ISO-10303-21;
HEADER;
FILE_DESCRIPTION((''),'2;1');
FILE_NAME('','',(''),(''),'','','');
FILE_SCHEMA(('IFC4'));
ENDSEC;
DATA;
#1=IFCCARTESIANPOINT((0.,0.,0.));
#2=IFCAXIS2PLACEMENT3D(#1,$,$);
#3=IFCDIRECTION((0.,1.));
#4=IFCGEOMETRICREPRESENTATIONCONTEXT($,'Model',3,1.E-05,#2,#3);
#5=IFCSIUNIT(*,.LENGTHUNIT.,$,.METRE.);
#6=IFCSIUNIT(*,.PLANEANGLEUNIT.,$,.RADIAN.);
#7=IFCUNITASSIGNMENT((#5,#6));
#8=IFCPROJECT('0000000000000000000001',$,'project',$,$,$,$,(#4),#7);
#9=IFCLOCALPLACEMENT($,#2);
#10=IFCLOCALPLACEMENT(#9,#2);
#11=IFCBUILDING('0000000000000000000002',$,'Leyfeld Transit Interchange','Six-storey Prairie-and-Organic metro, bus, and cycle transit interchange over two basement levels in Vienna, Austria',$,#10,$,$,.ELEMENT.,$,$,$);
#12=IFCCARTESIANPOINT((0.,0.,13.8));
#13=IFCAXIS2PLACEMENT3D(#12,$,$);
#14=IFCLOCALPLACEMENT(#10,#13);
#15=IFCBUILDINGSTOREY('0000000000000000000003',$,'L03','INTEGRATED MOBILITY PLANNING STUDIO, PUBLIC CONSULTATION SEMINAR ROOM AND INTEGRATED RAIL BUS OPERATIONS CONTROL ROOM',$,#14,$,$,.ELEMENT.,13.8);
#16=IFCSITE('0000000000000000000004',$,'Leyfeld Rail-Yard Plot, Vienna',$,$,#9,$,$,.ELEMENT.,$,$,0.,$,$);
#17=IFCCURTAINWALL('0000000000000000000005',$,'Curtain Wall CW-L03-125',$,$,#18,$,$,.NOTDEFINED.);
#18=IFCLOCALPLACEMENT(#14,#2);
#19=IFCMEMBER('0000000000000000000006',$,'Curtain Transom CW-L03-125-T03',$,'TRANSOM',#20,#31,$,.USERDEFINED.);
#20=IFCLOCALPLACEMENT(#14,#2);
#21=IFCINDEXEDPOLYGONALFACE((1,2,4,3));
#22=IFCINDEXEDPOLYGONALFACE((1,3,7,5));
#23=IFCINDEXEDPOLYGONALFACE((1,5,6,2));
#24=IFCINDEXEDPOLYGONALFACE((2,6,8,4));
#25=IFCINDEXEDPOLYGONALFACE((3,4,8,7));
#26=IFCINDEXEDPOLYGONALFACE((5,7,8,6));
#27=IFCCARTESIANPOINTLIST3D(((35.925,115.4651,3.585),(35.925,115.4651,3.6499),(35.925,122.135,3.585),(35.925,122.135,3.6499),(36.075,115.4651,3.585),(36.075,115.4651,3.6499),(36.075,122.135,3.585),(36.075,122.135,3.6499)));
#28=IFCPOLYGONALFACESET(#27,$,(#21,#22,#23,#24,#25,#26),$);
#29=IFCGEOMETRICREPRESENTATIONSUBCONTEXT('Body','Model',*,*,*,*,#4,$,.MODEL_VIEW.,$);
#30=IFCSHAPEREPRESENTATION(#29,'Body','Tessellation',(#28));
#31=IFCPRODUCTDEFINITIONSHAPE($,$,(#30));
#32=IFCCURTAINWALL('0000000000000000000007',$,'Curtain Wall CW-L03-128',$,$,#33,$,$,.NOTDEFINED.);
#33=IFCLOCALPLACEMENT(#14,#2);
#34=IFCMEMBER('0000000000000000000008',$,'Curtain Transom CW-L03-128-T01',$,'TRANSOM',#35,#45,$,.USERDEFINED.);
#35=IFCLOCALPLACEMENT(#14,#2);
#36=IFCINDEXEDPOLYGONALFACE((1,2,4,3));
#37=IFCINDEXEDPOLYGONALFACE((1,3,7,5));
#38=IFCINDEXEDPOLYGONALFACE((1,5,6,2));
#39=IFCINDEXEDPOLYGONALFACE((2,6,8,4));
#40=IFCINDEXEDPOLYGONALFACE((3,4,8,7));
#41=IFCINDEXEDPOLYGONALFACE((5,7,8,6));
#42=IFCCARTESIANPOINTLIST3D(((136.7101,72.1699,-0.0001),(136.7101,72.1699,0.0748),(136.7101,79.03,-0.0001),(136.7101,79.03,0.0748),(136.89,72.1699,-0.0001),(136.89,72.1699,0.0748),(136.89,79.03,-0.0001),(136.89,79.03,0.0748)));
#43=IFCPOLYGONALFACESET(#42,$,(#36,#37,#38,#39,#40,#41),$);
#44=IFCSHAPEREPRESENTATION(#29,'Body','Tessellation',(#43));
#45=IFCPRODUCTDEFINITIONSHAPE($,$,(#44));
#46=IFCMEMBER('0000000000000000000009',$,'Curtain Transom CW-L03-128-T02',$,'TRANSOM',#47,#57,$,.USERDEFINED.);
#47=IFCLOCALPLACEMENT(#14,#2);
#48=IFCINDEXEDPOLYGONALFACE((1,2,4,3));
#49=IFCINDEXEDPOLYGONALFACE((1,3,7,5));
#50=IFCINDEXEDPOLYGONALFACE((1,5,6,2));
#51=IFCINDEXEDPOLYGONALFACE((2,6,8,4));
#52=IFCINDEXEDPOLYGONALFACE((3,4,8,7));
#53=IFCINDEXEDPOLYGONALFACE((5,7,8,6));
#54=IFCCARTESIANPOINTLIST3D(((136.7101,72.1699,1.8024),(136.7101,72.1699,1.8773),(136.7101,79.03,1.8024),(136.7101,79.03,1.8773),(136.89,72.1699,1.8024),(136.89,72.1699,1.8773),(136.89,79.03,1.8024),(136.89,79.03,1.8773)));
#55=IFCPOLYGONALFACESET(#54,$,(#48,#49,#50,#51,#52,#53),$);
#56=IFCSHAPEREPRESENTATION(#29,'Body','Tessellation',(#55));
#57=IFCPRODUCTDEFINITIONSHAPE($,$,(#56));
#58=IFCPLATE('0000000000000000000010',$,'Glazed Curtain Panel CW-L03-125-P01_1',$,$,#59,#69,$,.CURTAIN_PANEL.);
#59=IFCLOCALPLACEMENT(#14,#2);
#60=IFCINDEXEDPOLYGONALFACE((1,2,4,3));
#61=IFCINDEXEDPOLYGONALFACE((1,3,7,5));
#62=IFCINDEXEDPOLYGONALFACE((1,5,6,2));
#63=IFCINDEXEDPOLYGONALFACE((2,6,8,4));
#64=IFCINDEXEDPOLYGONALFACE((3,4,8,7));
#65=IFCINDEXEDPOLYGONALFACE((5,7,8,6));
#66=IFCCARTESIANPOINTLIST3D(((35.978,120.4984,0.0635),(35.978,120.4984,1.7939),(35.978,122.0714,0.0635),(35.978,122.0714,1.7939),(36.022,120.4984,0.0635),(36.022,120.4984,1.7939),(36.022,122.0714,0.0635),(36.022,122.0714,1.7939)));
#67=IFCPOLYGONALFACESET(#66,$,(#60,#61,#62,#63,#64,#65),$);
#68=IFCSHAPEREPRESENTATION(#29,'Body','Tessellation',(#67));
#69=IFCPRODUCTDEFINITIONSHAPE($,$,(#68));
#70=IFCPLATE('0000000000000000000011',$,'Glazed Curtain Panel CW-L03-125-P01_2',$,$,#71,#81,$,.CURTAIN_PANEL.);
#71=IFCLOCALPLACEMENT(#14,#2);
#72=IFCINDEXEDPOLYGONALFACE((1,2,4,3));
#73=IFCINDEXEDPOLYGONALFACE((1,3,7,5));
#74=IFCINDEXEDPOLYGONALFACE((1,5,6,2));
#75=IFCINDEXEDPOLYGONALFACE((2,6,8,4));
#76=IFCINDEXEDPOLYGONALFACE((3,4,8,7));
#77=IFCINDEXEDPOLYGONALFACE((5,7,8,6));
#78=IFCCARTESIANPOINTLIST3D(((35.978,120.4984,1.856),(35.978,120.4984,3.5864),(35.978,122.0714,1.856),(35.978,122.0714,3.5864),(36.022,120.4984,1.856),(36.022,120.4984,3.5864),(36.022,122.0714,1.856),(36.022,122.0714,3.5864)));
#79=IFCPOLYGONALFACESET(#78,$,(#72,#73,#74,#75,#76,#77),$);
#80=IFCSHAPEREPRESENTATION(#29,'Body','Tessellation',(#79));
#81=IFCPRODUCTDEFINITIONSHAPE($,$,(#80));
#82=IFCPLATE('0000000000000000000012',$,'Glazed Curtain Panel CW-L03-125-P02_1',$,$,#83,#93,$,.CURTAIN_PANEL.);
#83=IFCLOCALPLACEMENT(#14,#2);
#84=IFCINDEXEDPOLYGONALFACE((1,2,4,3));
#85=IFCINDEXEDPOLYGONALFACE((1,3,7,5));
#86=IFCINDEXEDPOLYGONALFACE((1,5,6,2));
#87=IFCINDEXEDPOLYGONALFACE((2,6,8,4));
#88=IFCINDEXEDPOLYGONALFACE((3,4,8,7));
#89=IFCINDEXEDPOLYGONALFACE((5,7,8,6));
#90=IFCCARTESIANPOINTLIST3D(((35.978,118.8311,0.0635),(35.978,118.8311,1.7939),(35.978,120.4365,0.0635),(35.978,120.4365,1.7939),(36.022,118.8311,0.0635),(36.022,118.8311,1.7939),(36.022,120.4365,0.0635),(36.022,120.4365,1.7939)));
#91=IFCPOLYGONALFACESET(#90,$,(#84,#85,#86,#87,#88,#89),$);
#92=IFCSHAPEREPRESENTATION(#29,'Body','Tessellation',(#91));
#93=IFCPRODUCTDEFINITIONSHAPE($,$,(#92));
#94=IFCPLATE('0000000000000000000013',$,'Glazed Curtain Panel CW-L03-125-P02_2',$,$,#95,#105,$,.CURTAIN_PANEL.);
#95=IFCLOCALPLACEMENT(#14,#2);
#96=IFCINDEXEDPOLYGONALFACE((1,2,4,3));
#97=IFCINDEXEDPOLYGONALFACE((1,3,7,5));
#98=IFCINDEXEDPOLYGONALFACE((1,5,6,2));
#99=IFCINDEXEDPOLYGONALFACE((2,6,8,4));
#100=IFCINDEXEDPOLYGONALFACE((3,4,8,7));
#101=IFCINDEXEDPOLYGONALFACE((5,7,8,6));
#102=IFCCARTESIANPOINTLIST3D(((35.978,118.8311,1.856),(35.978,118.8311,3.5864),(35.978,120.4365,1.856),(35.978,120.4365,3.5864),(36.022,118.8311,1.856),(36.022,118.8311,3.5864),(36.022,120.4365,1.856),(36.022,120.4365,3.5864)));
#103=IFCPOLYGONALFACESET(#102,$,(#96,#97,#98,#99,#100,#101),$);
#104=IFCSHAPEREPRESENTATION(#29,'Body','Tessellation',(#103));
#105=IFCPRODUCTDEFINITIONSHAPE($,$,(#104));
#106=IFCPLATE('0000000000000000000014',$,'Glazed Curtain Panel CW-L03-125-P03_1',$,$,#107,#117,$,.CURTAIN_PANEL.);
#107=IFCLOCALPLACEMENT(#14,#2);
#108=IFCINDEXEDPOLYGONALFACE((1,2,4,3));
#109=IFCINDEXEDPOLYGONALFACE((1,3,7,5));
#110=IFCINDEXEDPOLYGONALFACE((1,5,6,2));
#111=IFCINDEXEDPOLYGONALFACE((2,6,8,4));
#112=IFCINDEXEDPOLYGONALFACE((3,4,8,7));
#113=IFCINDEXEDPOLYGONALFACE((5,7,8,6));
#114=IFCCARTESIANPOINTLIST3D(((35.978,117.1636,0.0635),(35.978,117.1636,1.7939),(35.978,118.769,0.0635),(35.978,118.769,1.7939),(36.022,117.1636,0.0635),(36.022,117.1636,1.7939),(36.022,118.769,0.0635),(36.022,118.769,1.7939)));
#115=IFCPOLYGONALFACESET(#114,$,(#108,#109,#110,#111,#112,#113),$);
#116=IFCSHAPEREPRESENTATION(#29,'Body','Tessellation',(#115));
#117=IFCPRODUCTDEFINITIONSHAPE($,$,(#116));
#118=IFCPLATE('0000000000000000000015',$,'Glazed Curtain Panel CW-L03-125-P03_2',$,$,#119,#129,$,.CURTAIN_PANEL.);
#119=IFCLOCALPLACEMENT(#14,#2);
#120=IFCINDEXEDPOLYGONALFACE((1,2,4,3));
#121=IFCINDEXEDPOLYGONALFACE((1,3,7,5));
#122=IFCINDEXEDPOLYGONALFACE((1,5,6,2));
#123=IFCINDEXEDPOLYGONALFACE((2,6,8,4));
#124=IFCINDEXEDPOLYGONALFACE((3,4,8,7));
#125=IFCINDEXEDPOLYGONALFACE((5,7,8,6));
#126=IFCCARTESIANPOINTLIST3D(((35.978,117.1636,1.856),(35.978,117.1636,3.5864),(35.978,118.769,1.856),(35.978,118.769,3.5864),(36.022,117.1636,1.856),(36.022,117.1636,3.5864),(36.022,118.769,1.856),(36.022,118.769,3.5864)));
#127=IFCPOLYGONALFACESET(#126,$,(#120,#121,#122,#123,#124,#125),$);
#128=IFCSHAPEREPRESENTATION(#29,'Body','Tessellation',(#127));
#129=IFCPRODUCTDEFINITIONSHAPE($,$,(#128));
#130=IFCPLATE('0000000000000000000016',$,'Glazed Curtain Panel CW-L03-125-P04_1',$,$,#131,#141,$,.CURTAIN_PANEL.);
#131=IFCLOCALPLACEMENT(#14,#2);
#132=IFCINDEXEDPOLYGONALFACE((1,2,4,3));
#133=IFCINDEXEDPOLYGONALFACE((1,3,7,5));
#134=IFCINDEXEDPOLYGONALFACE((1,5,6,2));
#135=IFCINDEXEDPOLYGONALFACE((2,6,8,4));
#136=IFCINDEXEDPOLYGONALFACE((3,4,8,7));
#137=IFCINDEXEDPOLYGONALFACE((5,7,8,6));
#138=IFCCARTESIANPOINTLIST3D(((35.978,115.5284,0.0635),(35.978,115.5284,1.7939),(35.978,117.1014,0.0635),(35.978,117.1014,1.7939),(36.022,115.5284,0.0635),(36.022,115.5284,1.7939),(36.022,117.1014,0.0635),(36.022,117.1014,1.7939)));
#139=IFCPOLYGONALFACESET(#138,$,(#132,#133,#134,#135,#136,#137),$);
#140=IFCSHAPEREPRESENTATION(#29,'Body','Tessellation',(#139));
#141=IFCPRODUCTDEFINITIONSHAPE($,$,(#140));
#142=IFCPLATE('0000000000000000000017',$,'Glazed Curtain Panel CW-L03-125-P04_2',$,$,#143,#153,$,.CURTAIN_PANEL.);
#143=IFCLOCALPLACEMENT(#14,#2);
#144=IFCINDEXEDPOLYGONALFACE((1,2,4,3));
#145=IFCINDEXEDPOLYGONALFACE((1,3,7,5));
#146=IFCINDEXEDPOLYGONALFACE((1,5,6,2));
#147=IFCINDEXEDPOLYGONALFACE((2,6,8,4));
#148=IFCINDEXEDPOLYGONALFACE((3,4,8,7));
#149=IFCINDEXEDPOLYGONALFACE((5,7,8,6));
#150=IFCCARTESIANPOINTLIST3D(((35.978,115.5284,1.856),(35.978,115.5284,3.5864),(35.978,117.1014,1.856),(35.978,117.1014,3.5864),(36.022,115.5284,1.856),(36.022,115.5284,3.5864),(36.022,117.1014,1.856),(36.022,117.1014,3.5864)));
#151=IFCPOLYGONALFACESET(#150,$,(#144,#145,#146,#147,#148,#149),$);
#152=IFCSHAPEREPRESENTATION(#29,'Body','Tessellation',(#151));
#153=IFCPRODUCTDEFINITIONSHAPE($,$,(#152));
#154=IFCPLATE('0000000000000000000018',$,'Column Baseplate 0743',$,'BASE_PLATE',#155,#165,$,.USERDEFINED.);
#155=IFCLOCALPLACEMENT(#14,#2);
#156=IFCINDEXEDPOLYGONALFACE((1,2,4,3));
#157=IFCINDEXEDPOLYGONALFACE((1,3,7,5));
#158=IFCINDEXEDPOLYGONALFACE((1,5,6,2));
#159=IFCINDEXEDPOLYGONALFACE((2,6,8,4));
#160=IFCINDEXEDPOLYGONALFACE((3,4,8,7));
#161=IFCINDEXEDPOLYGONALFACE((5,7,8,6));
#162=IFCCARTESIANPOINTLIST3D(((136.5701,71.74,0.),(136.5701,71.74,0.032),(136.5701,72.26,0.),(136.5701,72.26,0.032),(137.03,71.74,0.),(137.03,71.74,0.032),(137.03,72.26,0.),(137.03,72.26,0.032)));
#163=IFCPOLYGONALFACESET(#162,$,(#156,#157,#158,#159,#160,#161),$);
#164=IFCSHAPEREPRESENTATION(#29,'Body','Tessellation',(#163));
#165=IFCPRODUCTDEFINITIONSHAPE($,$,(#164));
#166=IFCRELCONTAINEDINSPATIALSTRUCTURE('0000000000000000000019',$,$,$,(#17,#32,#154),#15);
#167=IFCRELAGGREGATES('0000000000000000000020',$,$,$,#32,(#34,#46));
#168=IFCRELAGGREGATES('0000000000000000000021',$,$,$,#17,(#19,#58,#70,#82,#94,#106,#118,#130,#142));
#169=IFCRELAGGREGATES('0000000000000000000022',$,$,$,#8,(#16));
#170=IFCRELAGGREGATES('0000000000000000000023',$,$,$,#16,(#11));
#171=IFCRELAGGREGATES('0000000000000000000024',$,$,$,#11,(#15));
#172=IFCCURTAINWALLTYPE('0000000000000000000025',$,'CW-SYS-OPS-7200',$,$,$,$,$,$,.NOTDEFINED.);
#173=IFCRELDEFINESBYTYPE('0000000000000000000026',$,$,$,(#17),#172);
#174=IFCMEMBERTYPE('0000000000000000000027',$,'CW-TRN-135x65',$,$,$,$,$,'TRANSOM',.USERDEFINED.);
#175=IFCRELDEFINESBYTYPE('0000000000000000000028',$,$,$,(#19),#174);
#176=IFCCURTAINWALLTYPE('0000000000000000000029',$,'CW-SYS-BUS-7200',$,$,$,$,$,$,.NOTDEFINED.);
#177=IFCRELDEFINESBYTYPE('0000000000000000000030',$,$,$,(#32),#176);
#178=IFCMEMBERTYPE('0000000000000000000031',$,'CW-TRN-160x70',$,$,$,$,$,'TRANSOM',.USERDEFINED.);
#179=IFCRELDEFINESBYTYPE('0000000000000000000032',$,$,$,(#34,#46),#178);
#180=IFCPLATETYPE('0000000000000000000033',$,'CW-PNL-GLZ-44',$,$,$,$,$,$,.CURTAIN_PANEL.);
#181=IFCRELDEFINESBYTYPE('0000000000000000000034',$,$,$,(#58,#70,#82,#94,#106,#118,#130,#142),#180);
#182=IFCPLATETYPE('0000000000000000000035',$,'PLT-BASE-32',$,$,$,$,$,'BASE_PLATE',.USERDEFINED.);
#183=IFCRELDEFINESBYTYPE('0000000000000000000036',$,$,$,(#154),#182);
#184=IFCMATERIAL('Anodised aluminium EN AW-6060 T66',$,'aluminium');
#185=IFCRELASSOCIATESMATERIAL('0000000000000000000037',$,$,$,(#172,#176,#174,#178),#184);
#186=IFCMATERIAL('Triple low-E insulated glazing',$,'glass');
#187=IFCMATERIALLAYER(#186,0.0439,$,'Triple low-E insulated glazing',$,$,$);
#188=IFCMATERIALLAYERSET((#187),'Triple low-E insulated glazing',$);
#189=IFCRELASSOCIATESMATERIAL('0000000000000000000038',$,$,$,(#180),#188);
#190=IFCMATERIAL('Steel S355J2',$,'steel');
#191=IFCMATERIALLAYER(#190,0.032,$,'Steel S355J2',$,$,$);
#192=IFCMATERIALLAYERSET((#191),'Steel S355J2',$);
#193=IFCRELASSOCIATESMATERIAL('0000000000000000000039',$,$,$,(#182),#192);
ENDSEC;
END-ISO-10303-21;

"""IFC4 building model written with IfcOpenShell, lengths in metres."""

from ifc_helpers import new_model, si_unit, direction, frame, origin, origin_2d, place, context, subcontext, project, spatial, rectangle, extrude, material, layer, layer_set, material_profile, profile_set, type_object, element, aggregate, save


model = new_model("IFC4")

# Units and contexts
model_context = context("Model", 3, precision=1e-05, world=origin(), true_north=direction((0.0, 1.0)))
body_context = subcontext(model_context, "Body", "Model", "MODEL_VIEW")
ifc_project = project(units=[si_unit("LENGTHUNIT", "METRE"), si_unit("PLANEANGLEUNIT", "RADIAN")], contexts=[model_context])

# Site, building, storey
site_placement = place(None, origin())
site = spatial("IfcSite", under=ifc_project, at=site_placement, Name="Leyfeld Rail-Yard Plot, Vienna", CompositionType="ELEMENT", RefElevation=0.0)
building_placement = place(site_placement, origin())
building = spatial("IfcBuilding", under=site, at=building_placement, Name="Leyfeld Transit Interchange", Description="Six-storey Prairie-and-Organic metro, bus, and cycle transit interchange over two basement levels in Vienna, Austria", CompositionType="ELEMENT")
storey_placement = place(building_placement, frame((0.0, 0.0, 13.8)))
storey = spatial("IfcBuildingStorey", under=building, at=storey_placement, Name="L03", Description="INTEGRATED MOBILITY PLANNING STUDIO, PUBLIC CONSULTATION SEMINAR ROOM AND INTEGRATED RAIL BUS OPERATIONS CONTROL ROOM", CompositionType="ELEMENT", Elevation=13.8)

# Shared definitions
ifc_material_1 = material(Name="Steel S355J2", Category="steel")

# Curtain walls, members
ifc_material_2 = material(Name="Anodised aluminium EN AW-6060 T66", Category="aluminium")
curtain_wall_type_1 = type_object("IfcCurtainWallType", Name="CW-SYS-OPS-7200", PredefinedType="NOTDEFINED", material=ifc_material_2)
curtain_wall_1_placement = place(storey_placement, origin())
curtain_wall_1 = element("IfcCurtainWall", 1, at=curtain_wall_1_placement, inside=storey, type_object=curtain_wall_type_1, Name="Curtain Wall CW-L03-125", PredefinedType="NOTDEFINED")
ifc_material_profile_1 = material_profile(ifc_material_2, rectangle(XDim=0.1499, YDim=0.0649, at=origin_2d()), Name="CW-TRN-135x65")
ifc_profile_set_1 = profile_set([ifc_material_profile_1], Name="Anodised aluminium EN AW-6060 T66")
member_type_1 = type_object("IfcMemberType", Name="CW-TRN-135x65", ElementType="TRANSOM", PredefinedType="USERDEFINED", material=ifc_profile_set_1)
member_1_placement = place(storey_placement, frame((36.0, 122.135, 3.6174), z_axis=(0.0, -1.0, 0.0), x_axis=(1.0, 0.0, 0.0)))
member_1 = element("IfcMember", 2, at=member_1_placement, type_object=member_type_1, Name="Curtain Transom CW-L03-125-T03", ObjectType="TRANSOM", PredefinedType="USERDEFINED", context=body_context, shape_type="SweptSolid", body=[
    extrude(rectangle(XDim=0.1499, YDim=0.0649, at=origin_2d()), origin(), (0.0, 0.0, 1.0), 6.6699),
])
curtain_wall_type_2 = type_object("IfcCurtainWallType", Name="CW-SYS-BUS-7200", PredefinedType="NOTDEFINED", material=ifc_material_2)
curtain_wall_2_placement = place(storey_placement, origin())
curtain_wall_2 = element("IfcCurtainWall", 3, at=curtain_wall_2_placement, inside=storey, type_object=curtain_wall_type_2, Name="Curtain Wall CW-L03-128", PredefinedType="NOTDEFINED")
ifc_material_profile_2 = material_profile(ifc_material_2, rectangle(XDim=0.1799, YDim=0.075, at=origin_2d()), Name="CW-TRN-160x70")
ifc_profile_set_2 = profile_set([ifc_material_profile_2], Name="Anodised aluminium EN AW-6060 T66")
member_type_2 = type_object("IfcMemberType", Name="CW-TRN-160x70", ElementType="TRANSOM", PredefinedType="USERDEFINED", material=ifc_profile_set_2)
member_2_placement = place(storey_placement, frame((136.8, 72.1699, 0.0374), z_axis=(0.0, 1.0, 0.0), x_axis=(-1.0, 0.0, 0.0)))
member_2 = element("IfcMember", 4, at=member_2_placement, type_object=member_type_2, Name="Curtain Transom CW-L03-128-T01", ObjectType="TRANSOM", PredefinedType="USERDEFINED", context=body_context, shape_type="SweptSolid", body=[
    extrude(rectangle(XDim=0.1799, YDim=0.075, at=origin_2d()), origin(), (0.0, 0.0, 1.0), 6.8601),
])
member_3_placement = place(storey_placement, frame((136.8, 72.1699, 1.8398), z_axis=(0.0, 1.0, 0.0), x_axis=(-1.0, 0.0, 0.0)))
member_3 = element("IfcMember", 5, at=member_3_placement, type_object=member_type_2, Name="Curtain Transom CW-L03-128-T02", ObjectType="TRANSOM", PredefinedType="USERDEFINED", context=body_context, shape_type="SweptSolid", body=[
    extrude(rectangle(XDim=0.1799, YDim=0.075, at=origin_2d()), origin(), (0.0, 0.0, 1.0), 6.8601),
])
aggregate(curtain_wall_2, [member_2, member_3])

# Plates
ifc_material_3 = material(Name="Triple low-E insulated glazing", Category="glass")
ifc_layer_1 = layer(ifc_material_3, 0.0439, Name="Triple low-E insulated glazing")
ifc_layer_set_1 = layer_set([ifc_layer_1], Name="Triple low-E insulated glazing")
plate_type_1 = type_object("IfcPlateType", Name="CW-PNL-GLZ-44", PredefinedType="CURTAIN_PANEL", material=ifc_layer_set_1)
plate_1_placement = place(storey_placement, frame((36.0, 121.2849, 0.0635), z_axis=(0.0, 0.0, 1.0), x_axis=(0.0, -1.0, 0.0)))
plate_1 = element("IfcPlate", 6, at=plate_1_placement, type_object=plate_type_1, Name="Glazed Curtain Panel CW-L03-125-P01_1", PredefinedType="CURTAIN_PANEL", context=body_context, shape_type="SweptSolid", body=[
    extrude(rectangle(XDim=1.573, YDim=0.0439, at=origin_2d()), origin(), (0.0, 0.0, 1.0), 1.7305),
])
plate_2_placement = place(storey_placement, frame((36.0, 121.2849, 1.856), z_axis=(0.0, 0.0, 1.0), x_axis=(0.0, -1.0, 0.0)))
plate_2 = element("IfcPlate", 7, at=plate_2_placement, type_object=plate_type_1, Name="Glazed Curtain Panel CW-L03-125-P01_2", PredefinedType="CURTAIN_PANEL", context=body_context, shape_type="SweptSolid", body=[
    extrude(rectangle(XDim=1.573, YDim=0.0439, at=origin_2d()), origin(), (0.0, 0.0, 1.0), 1.7305),
])
plate_3_placement = place(storey_placement, frame((36.0, 119.6338, 0.0635), z_axis=(0.0, 0.0, 1.0), x_axis=(0.0, -1.0, 0.0)))
plate_3 = element("IfcPlate", 8, at=plate_3_placement, type_object=plate_type_1, Name="Glazed Curtain Panel CW-L03-125-P02_1", PredefinedType="CURTAIN_PANEL", context=body_context, shape_type="SweptSolid", body=[
    extrude(rectangle(XDim=1.6055, YDim=0.0439, at=origin_2d()), origin(), (0.0, 0.0, 1.0), 1.7305),
])
plate_4_placement = place(storey_placement, frame((36.0, 119.6338, 1.856), z_axis=(0.0, 0.0, 1.0), x_axis=(0.0, -1.0, 0.0)))
plate_4 = element("IfcPlate", 9, at=plate_4_placement, type_object=plate_type_1, Name="Glazed Curtain Panel CW-L03-125-P02_2", PredefinedType="CURTAIN_PANEL", context=body_context, shape_type="SweptSolid", body=[
    extrude(rectangle(XDim=1.6055, YDim=0.0439, at=origin_2d()), origin(), (0.0, 0.0, 1.0), 1.7305),
])
plate_5_placement = place(storey_placement, frame((36.0, 117.9663, 0.0635), z_axis=(0.0, 0.0, 1.0), x_axis=(0.0, -1.0, 0.0)))
plate_5 = element("IfcPlate", 10, at=plate_5_placement, type_object=plate_type_1, Name="Glazed Curtain Panel CW-L03-125-P03_1", PredefinedType="CURTAIN_PANEL", context=body_context, shape_type="SweptSolid", body=[
    extrude(rectangle(XDim=1.6055, YDim=0.0439, at=origin_2d()), origin(), (0.0, 0.0, 1.0), 1.7305),
])
plate_6_placement = place(storey_placement, frame((36.0, 117.9663, 1.856), z_axis=(0.0, 0.0, 1.0), x_axis=(0.0, -1.0, 0.0)))
plate_6 = element("IfcPlate", 11, at=plate_6_placement, type_object=plate_type_1, Name="Glazed Curtain Panel CW-L03-125-P03_2", PredefinedType="CURTAIN_PANEL", context=body_context, shape_type="SweptSolid", body=[
    extrude(rectangle(XDim=1.6055, YDim=0.0439, at=origin_2d()), origin(), (0.0, 0.0, 1.0), 1.7305),
])
plate_7_placement = place(storey_placement, frame((36.0, 116.3149, 0.0635), z_axis=(0.0, 0.0, 1.0), x_axis=(0.0, -1.0, 0.0)))
plate_7 = element("IfcPlate", 12, at=plate_7_placement, type_object=plate_type_1, Name="Glazed Curtain Panel CW-L03-125-P04_1", PredefinedType="CURTAIN_PANEL", context=body_context, shape_type="SweptSolid", body=[
    extrude(rectangle(XDim=1.573, YDim=0.0439, at=origin_2d()), origin(), (0.0, 0.0, 1.0), 1.7305),
])
plate_8_placement = place(storey_placement, frame((36.0, 116.3149, 1.856), z_axis=(0.0, 0.0, 1.0), x_axis=(0.0, -1.0, 0.0)))
plate_8 = element("IfcPlate", 13, at=plate_8_placement, type_object=plate_type_1, Name="Glazed Curtain Panel CW-L03-125-P04_2", PredefinedType="CURTAIN_PANEL", context=body_context, shape_type="SweptSolid", body=[
    extrude(rectangle(XDim=1.573, YDim=0.0439, at=origin_2d()), origin(), (0.0, 0.0, 1.0), 1.7305),
])
aggregate(curtain_wall_1, [member_1, plate_1, plate_2, plate_3, plate_4, plate_5, plate_6, plate_7, plate_8])
ifc_layer_2 = layer(ifc_material_1, 0.032, Name="Steel S355J2")
ifc_layer_set_2 = layer_set([ifc_layer_2], Name="Steel S355J2")
plate_type_2 = type_object("IfcPlateType", Name="PLT-BASE-32", ElementType="BASE_PLATE", PredefinedType="USERDEFINED", material=ifc_layer_set_2)
plate_9_placement = place(storey_placement, frame((136.8, 72.0, 0.0), z_axis=(0.0, 0.0, 1.0), x_axis=(1.0, 0.0, 0.0)))
element("IfcPlate", 14, at=plate_9_placement, inside=storey, type_object=plate_type_2, Name="Column Baseplate 0743", ObjectType="BASE_PLATE", PredefinedType="USERDEFINED", context=body_context, shape_type="SweptSolid", body=[
    extrude(rectangle(XDim=0.46, YDim=0.52, at=origin_2d()), origin(), (0.0, 0.0, 1.0), 0.032),
])

save(model, "model.ifc")
